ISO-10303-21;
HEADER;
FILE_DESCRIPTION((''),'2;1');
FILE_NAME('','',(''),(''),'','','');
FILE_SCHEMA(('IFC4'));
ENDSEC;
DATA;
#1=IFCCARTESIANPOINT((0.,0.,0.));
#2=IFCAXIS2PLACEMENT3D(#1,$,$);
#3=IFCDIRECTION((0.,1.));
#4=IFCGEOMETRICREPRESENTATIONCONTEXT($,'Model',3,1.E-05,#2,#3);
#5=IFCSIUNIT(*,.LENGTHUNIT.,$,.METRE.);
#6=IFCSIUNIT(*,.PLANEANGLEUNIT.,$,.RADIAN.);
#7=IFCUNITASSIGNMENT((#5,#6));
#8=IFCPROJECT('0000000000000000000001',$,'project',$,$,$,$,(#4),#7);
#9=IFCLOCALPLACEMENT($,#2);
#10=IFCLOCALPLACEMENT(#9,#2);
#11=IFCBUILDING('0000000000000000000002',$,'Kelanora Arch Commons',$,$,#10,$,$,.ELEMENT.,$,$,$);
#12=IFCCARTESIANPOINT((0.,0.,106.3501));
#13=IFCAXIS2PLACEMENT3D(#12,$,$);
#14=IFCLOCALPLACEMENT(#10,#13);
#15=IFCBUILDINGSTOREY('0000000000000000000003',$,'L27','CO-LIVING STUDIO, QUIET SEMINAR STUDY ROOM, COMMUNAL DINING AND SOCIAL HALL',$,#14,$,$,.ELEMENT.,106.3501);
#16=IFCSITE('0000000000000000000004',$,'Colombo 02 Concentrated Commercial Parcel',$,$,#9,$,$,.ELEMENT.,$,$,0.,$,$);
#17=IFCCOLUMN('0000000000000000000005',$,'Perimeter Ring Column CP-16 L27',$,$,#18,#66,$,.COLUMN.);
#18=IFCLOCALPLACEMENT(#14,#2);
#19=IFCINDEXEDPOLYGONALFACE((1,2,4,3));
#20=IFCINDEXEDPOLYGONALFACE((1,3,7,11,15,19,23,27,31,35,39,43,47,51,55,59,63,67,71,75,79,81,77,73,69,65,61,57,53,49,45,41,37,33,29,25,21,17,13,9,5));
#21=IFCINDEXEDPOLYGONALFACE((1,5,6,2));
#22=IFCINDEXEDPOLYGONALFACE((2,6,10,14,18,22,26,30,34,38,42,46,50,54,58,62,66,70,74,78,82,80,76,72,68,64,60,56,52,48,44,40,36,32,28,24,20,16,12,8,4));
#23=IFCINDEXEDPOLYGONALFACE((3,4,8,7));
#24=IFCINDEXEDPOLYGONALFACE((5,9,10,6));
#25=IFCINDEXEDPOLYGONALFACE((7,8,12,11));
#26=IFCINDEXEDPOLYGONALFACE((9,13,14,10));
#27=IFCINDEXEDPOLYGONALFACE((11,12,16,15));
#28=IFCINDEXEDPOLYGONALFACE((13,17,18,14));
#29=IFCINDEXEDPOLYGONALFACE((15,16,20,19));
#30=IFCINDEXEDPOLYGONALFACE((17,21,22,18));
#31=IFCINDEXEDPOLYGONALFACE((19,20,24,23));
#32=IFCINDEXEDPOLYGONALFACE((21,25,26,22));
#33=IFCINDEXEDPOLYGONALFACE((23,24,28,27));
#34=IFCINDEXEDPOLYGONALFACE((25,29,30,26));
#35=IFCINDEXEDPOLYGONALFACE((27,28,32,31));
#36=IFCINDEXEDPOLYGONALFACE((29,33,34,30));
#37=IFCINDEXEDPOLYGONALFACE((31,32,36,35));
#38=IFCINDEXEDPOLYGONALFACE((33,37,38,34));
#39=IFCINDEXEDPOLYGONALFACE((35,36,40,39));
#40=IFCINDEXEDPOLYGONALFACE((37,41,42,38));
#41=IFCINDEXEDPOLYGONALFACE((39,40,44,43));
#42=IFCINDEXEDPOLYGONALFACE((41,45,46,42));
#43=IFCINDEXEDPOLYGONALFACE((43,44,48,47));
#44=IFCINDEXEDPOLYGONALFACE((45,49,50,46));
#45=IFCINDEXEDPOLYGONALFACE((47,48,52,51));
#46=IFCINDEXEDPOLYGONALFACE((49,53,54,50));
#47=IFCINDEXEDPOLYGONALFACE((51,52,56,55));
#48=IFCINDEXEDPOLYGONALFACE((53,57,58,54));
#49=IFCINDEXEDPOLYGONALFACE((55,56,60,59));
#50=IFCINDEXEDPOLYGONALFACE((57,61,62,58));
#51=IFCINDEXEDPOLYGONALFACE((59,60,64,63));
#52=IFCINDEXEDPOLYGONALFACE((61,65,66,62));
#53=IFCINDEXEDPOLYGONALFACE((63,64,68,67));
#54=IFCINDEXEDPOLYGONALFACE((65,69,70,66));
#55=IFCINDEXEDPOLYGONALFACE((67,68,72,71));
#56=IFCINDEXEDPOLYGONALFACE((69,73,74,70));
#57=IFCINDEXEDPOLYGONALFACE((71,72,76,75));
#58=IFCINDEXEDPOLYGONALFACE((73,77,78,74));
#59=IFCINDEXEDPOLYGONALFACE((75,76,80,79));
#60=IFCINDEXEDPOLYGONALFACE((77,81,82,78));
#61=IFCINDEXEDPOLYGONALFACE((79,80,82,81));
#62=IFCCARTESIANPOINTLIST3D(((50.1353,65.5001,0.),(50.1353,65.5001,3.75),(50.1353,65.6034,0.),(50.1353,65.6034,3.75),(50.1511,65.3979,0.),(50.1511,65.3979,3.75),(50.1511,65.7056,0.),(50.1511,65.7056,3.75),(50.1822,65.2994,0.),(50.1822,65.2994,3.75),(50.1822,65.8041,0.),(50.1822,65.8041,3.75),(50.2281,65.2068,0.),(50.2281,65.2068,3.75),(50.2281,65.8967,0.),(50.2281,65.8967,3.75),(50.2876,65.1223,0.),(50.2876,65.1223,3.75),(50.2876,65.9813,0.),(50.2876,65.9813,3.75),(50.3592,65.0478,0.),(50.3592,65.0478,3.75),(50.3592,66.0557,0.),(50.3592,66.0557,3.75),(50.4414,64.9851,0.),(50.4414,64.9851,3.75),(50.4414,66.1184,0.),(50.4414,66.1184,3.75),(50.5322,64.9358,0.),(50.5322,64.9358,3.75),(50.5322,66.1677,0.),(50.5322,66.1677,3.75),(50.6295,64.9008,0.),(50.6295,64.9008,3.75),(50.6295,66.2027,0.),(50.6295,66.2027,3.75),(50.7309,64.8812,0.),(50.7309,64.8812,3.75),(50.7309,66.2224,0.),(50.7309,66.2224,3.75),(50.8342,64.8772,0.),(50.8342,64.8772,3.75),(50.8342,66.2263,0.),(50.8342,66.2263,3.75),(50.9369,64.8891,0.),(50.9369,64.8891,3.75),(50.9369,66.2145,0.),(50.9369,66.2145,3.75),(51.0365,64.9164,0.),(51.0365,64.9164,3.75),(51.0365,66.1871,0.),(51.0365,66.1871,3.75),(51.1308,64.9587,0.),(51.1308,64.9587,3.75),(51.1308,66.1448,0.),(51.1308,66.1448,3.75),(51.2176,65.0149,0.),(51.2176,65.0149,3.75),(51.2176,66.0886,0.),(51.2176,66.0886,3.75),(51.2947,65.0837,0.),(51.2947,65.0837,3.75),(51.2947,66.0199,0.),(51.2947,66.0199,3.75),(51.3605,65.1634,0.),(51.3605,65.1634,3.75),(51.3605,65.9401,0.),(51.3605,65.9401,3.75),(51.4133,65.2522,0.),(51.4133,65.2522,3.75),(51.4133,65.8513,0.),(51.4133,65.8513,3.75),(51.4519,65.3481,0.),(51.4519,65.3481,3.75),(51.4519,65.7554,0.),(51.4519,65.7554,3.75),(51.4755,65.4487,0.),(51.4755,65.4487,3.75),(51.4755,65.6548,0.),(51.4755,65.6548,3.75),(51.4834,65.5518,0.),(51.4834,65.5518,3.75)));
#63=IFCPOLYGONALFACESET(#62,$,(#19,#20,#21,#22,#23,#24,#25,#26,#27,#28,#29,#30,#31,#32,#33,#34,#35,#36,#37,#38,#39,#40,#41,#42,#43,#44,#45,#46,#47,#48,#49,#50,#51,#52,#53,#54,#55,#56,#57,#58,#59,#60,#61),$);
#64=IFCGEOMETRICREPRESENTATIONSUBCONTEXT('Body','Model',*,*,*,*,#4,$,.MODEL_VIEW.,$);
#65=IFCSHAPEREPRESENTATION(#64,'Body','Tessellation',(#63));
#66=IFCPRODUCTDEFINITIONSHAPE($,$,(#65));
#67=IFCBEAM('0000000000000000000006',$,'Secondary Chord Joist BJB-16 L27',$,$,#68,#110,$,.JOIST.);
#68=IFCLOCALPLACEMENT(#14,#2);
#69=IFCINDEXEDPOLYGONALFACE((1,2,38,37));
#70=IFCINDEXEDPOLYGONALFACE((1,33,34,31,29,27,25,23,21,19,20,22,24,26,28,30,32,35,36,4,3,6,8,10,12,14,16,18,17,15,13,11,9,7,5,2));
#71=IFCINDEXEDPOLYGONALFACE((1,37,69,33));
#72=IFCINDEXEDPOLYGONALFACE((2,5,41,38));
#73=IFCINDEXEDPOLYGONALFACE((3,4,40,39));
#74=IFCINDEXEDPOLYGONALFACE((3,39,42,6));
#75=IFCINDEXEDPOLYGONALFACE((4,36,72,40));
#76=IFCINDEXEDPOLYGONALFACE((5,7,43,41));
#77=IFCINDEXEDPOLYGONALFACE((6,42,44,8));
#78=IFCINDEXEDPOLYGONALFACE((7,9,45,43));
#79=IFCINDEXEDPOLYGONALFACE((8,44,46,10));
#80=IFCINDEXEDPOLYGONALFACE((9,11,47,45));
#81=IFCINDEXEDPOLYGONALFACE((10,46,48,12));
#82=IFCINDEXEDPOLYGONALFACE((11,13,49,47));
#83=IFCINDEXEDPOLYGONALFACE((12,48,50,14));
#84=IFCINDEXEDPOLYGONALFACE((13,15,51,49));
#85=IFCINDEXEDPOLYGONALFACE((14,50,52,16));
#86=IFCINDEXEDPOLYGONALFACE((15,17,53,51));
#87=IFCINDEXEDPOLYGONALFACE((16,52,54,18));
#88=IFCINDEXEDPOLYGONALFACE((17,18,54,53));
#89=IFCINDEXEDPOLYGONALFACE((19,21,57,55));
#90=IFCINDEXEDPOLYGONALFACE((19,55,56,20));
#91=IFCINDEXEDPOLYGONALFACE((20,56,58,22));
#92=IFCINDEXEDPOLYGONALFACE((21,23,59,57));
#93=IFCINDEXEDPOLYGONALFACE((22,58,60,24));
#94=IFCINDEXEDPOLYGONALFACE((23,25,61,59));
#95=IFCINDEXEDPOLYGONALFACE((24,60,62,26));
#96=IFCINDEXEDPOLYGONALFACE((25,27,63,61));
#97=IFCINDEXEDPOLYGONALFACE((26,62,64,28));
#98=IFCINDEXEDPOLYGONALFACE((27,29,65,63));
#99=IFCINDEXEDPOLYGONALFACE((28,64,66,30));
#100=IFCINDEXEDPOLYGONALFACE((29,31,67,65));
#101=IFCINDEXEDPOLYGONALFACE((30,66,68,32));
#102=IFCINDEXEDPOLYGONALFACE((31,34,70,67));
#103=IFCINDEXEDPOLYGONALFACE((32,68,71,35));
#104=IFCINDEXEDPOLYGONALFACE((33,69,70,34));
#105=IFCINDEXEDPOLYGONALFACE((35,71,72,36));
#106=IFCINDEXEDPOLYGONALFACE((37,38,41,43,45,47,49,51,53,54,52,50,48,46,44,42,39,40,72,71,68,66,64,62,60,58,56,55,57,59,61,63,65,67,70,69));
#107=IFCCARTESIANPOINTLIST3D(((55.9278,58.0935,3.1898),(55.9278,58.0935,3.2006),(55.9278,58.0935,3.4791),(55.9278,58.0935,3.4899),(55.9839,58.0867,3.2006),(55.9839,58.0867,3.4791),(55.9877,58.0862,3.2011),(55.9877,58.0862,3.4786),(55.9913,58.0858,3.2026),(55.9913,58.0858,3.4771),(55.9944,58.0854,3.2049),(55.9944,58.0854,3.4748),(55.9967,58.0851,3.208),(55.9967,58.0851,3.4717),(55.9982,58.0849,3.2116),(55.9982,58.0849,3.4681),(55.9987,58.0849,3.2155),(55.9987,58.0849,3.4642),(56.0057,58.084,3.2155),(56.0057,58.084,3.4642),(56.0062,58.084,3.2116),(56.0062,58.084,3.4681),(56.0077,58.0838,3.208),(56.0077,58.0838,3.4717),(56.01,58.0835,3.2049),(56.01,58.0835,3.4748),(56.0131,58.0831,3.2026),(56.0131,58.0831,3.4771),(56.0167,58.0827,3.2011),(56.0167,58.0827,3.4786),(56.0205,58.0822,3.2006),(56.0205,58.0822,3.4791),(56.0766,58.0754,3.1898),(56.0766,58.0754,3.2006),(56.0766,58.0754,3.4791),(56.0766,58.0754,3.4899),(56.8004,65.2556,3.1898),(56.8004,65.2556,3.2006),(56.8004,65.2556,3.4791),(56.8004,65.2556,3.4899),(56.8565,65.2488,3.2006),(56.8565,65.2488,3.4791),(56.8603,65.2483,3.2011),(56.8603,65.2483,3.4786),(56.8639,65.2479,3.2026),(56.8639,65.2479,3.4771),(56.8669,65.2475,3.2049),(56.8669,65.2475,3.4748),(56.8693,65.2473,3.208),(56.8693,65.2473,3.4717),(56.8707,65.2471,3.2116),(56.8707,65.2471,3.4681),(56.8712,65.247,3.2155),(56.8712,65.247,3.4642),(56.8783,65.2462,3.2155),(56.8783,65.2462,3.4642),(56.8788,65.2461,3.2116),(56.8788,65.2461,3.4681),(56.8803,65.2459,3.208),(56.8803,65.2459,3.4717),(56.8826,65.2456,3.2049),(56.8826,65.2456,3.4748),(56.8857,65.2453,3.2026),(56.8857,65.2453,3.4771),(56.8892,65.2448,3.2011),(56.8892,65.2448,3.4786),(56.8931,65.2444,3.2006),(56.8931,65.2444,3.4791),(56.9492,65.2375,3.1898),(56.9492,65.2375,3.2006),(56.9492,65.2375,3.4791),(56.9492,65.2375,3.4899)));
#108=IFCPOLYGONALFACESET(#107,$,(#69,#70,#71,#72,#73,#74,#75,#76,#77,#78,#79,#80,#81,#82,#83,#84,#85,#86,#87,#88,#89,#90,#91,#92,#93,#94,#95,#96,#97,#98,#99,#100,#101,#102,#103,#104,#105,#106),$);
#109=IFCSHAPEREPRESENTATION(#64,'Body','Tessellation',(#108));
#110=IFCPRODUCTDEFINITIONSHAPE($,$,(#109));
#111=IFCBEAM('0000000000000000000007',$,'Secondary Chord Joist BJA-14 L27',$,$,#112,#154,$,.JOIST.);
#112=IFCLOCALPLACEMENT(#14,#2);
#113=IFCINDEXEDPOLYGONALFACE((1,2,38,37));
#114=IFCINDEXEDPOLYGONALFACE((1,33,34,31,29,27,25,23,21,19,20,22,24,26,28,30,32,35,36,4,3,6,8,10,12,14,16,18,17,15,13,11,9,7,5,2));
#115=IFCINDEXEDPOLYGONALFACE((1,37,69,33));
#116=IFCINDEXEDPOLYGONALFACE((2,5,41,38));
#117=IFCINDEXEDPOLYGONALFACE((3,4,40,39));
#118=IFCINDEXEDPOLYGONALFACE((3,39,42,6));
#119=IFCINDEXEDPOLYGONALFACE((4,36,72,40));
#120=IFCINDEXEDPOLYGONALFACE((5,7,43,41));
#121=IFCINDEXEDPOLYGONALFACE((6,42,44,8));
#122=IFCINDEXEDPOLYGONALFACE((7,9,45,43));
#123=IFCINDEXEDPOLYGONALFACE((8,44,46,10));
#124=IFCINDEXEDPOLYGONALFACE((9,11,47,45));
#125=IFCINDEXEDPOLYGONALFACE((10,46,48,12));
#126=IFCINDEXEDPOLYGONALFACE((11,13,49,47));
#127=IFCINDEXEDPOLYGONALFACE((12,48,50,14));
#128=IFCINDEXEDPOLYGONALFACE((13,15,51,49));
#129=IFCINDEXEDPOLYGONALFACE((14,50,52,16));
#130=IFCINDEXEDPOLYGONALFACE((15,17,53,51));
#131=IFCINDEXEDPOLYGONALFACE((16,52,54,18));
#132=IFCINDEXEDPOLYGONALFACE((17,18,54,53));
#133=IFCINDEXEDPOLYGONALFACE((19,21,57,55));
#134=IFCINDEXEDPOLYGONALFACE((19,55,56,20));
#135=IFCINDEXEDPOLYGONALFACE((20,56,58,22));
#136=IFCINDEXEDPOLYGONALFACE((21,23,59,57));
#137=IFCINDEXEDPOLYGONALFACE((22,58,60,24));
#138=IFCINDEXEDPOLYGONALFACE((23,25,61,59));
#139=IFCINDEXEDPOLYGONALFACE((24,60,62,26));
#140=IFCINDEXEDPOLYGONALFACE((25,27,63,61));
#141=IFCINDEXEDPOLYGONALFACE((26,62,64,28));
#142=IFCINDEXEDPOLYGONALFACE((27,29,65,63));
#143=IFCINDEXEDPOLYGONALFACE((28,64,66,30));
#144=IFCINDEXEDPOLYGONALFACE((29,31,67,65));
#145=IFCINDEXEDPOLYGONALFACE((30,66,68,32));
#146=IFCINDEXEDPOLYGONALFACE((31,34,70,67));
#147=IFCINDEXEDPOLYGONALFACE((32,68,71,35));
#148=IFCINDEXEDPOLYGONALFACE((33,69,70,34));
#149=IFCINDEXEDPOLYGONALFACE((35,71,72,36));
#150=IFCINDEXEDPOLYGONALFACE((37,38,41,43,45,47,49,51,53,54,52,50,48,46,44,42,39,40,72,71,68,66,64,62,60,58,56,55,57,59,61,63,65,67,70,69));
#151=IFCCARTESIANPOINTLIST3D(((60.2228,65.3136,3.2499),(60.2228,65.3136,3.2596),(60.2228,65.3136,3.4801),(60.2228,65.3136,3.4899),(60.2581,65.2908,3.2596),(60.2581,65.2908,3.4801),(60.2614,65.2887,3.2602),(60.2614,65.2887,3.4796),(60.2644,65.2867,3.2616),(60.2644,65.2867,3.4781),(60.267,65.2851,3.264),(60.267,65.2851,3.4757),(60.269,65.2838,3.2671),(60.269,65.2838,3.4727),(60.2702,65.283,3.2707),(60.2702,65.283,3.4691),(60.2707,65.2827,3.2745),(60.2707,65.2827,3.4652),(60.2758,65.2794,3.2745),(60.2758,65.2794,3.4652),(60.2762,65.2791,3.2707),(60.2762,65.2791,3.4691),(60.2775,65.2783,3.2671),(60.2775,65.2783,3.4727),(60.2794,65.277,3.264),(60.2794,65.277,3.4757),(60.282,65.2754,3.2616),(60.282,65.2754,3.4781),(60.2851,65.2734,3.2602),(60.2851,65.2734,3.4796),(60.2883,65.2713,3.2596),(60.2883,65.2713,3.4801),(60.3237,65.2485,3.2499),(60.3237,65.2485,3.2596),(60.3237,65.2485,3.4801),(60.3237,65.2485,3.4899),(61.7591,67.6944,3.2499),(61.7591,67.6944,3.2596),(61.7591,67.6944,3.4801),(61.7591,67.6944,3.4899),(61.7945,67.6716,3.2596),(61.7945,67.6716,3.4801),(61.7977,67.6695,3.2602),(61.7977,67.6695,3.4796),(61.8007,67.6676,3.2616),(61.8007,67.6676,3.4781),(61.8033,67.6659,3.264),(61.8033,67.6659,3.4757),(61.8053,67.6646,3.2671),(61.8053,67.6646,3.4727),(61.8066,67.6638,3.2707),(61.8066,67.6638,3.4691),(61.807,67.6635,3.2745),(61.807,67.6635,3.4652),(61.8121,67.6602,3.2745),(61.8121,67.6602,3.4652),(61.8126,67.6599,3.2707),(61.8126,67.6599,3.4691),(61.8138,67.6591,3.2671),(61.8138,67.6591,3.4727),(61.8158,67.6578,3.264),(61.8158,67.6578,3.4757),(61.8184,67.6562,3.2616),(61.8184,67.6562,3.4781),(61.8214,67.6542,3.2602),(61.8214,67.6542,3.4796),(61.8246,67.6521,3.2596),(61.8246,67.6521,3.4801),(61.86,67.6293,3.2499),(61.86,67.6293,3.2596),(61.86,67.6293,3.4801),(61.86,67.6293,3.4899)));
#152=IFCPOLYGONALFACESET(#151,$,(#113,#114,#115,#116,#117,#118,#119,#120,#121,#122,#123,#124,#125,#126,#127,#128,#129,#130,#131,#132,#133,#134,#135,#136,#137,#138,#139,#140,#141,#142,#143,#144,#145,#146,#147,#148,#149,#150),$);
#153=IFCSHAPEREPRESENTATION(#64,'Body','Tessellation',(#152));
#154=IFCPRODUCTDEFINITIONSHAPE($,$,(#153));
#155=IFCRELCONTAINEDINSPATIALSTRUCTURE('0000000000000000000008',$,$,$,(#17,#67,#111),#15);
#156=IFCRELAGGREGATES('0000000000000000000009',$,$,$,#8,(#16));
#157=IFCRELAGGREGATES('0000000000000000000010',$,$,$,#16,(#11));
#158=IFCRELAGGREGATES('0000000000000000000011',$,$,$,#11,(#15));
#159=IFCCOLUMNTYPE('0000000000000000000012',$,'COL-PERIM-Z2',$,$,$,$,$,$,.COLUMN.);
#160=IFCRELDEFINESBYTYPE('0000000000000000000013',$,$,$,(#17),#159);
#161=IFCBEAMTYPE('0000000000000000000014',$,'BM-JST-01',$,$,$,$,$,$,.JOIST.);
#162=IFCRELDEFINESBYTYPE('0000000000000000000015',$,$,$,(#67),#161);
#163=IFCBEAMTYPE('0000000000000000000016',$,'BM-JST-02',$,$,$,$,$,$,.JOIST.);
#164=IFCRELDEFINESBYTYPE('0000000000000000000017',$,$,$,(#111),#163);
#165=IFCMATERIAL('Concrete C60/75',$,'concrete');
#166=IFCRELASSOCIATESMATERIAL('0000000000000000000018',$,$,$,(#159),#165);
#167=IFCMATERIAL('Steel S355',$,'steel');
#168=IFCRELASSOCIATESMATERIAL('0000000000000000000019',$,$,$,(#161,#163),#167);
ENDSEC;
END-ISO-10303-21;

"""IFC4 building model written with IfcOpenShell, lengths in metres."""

from ifc_helpers import new_model, si_unit, direction, frame, origin, origin_2d, place, context, subcontext, project, spatial, circle, i_section, extrude, material, material_profile, profile_set, type_object, element, save


model = new_model("IFC4")

# Units and contexts
model_context = context("Model", 3, precision=1e-05, world=origin(), true_north=direction((0.0, 1.0)))
body_context = subcontext(model_context, "Body", "Model", "MODEL_VIEW")
ifc_project = project(units=[si_unit("LENGTHUNIT", "METRE"), si_unit("PLANEANGLEUNIT", "RADIAN")], contexts=[model_context])

# Site, building, storey
site_placement = place(None, origin())
site = spatial("IfcSite", under=ifc_project, at=site_placement, Name="Colombo 02 Concentrated Commercial Parcel", CompositionType="ELEMENT", RefElevation=0.0)
building_placement = place(site_placement, origin())
building = spatial("IfcBuilding", under=site, at=building_placement, Name="Kelanora Arch Commons", CompositionType="ELEMENT")
storey_placement = place(building_placement, frame((0.0, 0.0, 106.3501)))
storey = spatial("IfcBuildingStorey", under=building, at=storey_placement, Name="L27", Description="CO-LIVING STUDIO, QUIET SEMINAR STUDY ROOM, COMMUNAL DINING AND SOCIAL HALL", CompositionType="ELEMENT", Elevation=106.3501)

# Column
ifc_material_1 = material(Name="Concrete C60/75", Category="concrete")
ifc_material_profile_1 = material_profile(ifc_material_1, circle(Radius=0.675, at=origin_2d()), Name="RCC1350")
ifc_profile_set_1 = profile_set([ifc_material_profile_1], Name="Concrete C60/75")
column_type = type_object("IfcColumnType", Name="COL-PERIM-Z2", PredefinedType="COLUMN", material=ifc_profile_set_1)
column_placement = place(storey_placement, frame((50.8083, 65.5518, 0.0), z_axis=(0.0, 0.0, 1.0), x_axis=(1.0, 0.0, 0.0)))
element("IfcColumn", 1, at=column_placement, inside=storey, type_object=column_type, Name="Perimeter Ring Column CP-16 L27", PredefinedType="COLUMN", context=body_context, shape_type="SweptSolid", body=[
    extrude(circle(Radius=0.675, at=origin_2d()), origin(), (0.0, 0.0, 1.0), 3.75),
])

# Beams
ifc_material_2 = material(Name="Steel S355", Category="steel")
ifc_material_profile_2 = material_profile(ifc_material_2, i_section(OverallWidth=0.1499, OverallDepth=0.3, WebThickness=0.0071, FlangeThickness=0.0107, FilletRadius=0.0149, at=origin_2d()), Name="IPE300")
ifc_profile_set_2 = profile_set([ifc_material_profile_2], Name="Steel S355")
beam_type_1 = type_object("IfcBeamType", Name="BM-JST-01", PredefinedType="JOIST", material=ifc_profile_set_2)
beam_1_placement = place(storey_placement, frame((56.8748, 65.2466, 3.3398), z_axis=(-0.120936, -0.99266, 0.0), x_axis=(0.99266, -0.120936, 0.0)))
element("IfcBeam", 2, at=beam_1_placement, inside=storey, type_object=beam_type_1, Name="Secondary Chord Joist BJB-16 L27", PredefinedType="JOIST", context=body_context, shape_type="SweptSolid", body=[
    extrude(i_section(OverallWidth=0.1499, OverallDepth=0.3, WebThickness=0.0071, FlangeThickness=0.0107, FilletRadius=0.0149, at=origin_2d()), origin(), (0.0, 0.0, 1.0), 7.2151),
])
ifc_material_profile_3 = material_profile(ifc_material_2, i_section(OverallWidth=0.1201, OverallDepth=0.24, WebThickness=0.0061, FlangeThickness=0.0098, FilletRadius=0.0149, at=origin_2d()), Name="IPE240")
ifc_profile_set_3 = profile_set([ifc_material_profile_3], Name="Steel S355")
beam_type_2 = type_object("IfcBeamType", Name="BM-JST-02", PredefinedType="JOIST", material=ifc_profile_set_3)
beam_2_placement = place(storey_placement, frame((61.8096, 67.6619, 3.3699), z_axis=(-0.542211, -0.840242, 0.0), x_axis=(0.840242, -0.542211, 0.0)))
element("IfcBeam", 3, at=beam_2_placement, inside=storey, type_object=beam_type_2, Name="Secondary Chord Joist BJA-14 L27", PredefinedType="JOIST", context=body_context, shape_type="SweptSolid", body=[
    extrude(i_section(OverallWidth=0.1201, OverallDepth=0.24, WebThickness=0.0061, FlangeThickness=0.0098, FilletRadius=0.0149, at=origin_2d()), origin(), (0.0, 0.0, 1.0), 2.8335),
])

save(model, "model.ifc")
